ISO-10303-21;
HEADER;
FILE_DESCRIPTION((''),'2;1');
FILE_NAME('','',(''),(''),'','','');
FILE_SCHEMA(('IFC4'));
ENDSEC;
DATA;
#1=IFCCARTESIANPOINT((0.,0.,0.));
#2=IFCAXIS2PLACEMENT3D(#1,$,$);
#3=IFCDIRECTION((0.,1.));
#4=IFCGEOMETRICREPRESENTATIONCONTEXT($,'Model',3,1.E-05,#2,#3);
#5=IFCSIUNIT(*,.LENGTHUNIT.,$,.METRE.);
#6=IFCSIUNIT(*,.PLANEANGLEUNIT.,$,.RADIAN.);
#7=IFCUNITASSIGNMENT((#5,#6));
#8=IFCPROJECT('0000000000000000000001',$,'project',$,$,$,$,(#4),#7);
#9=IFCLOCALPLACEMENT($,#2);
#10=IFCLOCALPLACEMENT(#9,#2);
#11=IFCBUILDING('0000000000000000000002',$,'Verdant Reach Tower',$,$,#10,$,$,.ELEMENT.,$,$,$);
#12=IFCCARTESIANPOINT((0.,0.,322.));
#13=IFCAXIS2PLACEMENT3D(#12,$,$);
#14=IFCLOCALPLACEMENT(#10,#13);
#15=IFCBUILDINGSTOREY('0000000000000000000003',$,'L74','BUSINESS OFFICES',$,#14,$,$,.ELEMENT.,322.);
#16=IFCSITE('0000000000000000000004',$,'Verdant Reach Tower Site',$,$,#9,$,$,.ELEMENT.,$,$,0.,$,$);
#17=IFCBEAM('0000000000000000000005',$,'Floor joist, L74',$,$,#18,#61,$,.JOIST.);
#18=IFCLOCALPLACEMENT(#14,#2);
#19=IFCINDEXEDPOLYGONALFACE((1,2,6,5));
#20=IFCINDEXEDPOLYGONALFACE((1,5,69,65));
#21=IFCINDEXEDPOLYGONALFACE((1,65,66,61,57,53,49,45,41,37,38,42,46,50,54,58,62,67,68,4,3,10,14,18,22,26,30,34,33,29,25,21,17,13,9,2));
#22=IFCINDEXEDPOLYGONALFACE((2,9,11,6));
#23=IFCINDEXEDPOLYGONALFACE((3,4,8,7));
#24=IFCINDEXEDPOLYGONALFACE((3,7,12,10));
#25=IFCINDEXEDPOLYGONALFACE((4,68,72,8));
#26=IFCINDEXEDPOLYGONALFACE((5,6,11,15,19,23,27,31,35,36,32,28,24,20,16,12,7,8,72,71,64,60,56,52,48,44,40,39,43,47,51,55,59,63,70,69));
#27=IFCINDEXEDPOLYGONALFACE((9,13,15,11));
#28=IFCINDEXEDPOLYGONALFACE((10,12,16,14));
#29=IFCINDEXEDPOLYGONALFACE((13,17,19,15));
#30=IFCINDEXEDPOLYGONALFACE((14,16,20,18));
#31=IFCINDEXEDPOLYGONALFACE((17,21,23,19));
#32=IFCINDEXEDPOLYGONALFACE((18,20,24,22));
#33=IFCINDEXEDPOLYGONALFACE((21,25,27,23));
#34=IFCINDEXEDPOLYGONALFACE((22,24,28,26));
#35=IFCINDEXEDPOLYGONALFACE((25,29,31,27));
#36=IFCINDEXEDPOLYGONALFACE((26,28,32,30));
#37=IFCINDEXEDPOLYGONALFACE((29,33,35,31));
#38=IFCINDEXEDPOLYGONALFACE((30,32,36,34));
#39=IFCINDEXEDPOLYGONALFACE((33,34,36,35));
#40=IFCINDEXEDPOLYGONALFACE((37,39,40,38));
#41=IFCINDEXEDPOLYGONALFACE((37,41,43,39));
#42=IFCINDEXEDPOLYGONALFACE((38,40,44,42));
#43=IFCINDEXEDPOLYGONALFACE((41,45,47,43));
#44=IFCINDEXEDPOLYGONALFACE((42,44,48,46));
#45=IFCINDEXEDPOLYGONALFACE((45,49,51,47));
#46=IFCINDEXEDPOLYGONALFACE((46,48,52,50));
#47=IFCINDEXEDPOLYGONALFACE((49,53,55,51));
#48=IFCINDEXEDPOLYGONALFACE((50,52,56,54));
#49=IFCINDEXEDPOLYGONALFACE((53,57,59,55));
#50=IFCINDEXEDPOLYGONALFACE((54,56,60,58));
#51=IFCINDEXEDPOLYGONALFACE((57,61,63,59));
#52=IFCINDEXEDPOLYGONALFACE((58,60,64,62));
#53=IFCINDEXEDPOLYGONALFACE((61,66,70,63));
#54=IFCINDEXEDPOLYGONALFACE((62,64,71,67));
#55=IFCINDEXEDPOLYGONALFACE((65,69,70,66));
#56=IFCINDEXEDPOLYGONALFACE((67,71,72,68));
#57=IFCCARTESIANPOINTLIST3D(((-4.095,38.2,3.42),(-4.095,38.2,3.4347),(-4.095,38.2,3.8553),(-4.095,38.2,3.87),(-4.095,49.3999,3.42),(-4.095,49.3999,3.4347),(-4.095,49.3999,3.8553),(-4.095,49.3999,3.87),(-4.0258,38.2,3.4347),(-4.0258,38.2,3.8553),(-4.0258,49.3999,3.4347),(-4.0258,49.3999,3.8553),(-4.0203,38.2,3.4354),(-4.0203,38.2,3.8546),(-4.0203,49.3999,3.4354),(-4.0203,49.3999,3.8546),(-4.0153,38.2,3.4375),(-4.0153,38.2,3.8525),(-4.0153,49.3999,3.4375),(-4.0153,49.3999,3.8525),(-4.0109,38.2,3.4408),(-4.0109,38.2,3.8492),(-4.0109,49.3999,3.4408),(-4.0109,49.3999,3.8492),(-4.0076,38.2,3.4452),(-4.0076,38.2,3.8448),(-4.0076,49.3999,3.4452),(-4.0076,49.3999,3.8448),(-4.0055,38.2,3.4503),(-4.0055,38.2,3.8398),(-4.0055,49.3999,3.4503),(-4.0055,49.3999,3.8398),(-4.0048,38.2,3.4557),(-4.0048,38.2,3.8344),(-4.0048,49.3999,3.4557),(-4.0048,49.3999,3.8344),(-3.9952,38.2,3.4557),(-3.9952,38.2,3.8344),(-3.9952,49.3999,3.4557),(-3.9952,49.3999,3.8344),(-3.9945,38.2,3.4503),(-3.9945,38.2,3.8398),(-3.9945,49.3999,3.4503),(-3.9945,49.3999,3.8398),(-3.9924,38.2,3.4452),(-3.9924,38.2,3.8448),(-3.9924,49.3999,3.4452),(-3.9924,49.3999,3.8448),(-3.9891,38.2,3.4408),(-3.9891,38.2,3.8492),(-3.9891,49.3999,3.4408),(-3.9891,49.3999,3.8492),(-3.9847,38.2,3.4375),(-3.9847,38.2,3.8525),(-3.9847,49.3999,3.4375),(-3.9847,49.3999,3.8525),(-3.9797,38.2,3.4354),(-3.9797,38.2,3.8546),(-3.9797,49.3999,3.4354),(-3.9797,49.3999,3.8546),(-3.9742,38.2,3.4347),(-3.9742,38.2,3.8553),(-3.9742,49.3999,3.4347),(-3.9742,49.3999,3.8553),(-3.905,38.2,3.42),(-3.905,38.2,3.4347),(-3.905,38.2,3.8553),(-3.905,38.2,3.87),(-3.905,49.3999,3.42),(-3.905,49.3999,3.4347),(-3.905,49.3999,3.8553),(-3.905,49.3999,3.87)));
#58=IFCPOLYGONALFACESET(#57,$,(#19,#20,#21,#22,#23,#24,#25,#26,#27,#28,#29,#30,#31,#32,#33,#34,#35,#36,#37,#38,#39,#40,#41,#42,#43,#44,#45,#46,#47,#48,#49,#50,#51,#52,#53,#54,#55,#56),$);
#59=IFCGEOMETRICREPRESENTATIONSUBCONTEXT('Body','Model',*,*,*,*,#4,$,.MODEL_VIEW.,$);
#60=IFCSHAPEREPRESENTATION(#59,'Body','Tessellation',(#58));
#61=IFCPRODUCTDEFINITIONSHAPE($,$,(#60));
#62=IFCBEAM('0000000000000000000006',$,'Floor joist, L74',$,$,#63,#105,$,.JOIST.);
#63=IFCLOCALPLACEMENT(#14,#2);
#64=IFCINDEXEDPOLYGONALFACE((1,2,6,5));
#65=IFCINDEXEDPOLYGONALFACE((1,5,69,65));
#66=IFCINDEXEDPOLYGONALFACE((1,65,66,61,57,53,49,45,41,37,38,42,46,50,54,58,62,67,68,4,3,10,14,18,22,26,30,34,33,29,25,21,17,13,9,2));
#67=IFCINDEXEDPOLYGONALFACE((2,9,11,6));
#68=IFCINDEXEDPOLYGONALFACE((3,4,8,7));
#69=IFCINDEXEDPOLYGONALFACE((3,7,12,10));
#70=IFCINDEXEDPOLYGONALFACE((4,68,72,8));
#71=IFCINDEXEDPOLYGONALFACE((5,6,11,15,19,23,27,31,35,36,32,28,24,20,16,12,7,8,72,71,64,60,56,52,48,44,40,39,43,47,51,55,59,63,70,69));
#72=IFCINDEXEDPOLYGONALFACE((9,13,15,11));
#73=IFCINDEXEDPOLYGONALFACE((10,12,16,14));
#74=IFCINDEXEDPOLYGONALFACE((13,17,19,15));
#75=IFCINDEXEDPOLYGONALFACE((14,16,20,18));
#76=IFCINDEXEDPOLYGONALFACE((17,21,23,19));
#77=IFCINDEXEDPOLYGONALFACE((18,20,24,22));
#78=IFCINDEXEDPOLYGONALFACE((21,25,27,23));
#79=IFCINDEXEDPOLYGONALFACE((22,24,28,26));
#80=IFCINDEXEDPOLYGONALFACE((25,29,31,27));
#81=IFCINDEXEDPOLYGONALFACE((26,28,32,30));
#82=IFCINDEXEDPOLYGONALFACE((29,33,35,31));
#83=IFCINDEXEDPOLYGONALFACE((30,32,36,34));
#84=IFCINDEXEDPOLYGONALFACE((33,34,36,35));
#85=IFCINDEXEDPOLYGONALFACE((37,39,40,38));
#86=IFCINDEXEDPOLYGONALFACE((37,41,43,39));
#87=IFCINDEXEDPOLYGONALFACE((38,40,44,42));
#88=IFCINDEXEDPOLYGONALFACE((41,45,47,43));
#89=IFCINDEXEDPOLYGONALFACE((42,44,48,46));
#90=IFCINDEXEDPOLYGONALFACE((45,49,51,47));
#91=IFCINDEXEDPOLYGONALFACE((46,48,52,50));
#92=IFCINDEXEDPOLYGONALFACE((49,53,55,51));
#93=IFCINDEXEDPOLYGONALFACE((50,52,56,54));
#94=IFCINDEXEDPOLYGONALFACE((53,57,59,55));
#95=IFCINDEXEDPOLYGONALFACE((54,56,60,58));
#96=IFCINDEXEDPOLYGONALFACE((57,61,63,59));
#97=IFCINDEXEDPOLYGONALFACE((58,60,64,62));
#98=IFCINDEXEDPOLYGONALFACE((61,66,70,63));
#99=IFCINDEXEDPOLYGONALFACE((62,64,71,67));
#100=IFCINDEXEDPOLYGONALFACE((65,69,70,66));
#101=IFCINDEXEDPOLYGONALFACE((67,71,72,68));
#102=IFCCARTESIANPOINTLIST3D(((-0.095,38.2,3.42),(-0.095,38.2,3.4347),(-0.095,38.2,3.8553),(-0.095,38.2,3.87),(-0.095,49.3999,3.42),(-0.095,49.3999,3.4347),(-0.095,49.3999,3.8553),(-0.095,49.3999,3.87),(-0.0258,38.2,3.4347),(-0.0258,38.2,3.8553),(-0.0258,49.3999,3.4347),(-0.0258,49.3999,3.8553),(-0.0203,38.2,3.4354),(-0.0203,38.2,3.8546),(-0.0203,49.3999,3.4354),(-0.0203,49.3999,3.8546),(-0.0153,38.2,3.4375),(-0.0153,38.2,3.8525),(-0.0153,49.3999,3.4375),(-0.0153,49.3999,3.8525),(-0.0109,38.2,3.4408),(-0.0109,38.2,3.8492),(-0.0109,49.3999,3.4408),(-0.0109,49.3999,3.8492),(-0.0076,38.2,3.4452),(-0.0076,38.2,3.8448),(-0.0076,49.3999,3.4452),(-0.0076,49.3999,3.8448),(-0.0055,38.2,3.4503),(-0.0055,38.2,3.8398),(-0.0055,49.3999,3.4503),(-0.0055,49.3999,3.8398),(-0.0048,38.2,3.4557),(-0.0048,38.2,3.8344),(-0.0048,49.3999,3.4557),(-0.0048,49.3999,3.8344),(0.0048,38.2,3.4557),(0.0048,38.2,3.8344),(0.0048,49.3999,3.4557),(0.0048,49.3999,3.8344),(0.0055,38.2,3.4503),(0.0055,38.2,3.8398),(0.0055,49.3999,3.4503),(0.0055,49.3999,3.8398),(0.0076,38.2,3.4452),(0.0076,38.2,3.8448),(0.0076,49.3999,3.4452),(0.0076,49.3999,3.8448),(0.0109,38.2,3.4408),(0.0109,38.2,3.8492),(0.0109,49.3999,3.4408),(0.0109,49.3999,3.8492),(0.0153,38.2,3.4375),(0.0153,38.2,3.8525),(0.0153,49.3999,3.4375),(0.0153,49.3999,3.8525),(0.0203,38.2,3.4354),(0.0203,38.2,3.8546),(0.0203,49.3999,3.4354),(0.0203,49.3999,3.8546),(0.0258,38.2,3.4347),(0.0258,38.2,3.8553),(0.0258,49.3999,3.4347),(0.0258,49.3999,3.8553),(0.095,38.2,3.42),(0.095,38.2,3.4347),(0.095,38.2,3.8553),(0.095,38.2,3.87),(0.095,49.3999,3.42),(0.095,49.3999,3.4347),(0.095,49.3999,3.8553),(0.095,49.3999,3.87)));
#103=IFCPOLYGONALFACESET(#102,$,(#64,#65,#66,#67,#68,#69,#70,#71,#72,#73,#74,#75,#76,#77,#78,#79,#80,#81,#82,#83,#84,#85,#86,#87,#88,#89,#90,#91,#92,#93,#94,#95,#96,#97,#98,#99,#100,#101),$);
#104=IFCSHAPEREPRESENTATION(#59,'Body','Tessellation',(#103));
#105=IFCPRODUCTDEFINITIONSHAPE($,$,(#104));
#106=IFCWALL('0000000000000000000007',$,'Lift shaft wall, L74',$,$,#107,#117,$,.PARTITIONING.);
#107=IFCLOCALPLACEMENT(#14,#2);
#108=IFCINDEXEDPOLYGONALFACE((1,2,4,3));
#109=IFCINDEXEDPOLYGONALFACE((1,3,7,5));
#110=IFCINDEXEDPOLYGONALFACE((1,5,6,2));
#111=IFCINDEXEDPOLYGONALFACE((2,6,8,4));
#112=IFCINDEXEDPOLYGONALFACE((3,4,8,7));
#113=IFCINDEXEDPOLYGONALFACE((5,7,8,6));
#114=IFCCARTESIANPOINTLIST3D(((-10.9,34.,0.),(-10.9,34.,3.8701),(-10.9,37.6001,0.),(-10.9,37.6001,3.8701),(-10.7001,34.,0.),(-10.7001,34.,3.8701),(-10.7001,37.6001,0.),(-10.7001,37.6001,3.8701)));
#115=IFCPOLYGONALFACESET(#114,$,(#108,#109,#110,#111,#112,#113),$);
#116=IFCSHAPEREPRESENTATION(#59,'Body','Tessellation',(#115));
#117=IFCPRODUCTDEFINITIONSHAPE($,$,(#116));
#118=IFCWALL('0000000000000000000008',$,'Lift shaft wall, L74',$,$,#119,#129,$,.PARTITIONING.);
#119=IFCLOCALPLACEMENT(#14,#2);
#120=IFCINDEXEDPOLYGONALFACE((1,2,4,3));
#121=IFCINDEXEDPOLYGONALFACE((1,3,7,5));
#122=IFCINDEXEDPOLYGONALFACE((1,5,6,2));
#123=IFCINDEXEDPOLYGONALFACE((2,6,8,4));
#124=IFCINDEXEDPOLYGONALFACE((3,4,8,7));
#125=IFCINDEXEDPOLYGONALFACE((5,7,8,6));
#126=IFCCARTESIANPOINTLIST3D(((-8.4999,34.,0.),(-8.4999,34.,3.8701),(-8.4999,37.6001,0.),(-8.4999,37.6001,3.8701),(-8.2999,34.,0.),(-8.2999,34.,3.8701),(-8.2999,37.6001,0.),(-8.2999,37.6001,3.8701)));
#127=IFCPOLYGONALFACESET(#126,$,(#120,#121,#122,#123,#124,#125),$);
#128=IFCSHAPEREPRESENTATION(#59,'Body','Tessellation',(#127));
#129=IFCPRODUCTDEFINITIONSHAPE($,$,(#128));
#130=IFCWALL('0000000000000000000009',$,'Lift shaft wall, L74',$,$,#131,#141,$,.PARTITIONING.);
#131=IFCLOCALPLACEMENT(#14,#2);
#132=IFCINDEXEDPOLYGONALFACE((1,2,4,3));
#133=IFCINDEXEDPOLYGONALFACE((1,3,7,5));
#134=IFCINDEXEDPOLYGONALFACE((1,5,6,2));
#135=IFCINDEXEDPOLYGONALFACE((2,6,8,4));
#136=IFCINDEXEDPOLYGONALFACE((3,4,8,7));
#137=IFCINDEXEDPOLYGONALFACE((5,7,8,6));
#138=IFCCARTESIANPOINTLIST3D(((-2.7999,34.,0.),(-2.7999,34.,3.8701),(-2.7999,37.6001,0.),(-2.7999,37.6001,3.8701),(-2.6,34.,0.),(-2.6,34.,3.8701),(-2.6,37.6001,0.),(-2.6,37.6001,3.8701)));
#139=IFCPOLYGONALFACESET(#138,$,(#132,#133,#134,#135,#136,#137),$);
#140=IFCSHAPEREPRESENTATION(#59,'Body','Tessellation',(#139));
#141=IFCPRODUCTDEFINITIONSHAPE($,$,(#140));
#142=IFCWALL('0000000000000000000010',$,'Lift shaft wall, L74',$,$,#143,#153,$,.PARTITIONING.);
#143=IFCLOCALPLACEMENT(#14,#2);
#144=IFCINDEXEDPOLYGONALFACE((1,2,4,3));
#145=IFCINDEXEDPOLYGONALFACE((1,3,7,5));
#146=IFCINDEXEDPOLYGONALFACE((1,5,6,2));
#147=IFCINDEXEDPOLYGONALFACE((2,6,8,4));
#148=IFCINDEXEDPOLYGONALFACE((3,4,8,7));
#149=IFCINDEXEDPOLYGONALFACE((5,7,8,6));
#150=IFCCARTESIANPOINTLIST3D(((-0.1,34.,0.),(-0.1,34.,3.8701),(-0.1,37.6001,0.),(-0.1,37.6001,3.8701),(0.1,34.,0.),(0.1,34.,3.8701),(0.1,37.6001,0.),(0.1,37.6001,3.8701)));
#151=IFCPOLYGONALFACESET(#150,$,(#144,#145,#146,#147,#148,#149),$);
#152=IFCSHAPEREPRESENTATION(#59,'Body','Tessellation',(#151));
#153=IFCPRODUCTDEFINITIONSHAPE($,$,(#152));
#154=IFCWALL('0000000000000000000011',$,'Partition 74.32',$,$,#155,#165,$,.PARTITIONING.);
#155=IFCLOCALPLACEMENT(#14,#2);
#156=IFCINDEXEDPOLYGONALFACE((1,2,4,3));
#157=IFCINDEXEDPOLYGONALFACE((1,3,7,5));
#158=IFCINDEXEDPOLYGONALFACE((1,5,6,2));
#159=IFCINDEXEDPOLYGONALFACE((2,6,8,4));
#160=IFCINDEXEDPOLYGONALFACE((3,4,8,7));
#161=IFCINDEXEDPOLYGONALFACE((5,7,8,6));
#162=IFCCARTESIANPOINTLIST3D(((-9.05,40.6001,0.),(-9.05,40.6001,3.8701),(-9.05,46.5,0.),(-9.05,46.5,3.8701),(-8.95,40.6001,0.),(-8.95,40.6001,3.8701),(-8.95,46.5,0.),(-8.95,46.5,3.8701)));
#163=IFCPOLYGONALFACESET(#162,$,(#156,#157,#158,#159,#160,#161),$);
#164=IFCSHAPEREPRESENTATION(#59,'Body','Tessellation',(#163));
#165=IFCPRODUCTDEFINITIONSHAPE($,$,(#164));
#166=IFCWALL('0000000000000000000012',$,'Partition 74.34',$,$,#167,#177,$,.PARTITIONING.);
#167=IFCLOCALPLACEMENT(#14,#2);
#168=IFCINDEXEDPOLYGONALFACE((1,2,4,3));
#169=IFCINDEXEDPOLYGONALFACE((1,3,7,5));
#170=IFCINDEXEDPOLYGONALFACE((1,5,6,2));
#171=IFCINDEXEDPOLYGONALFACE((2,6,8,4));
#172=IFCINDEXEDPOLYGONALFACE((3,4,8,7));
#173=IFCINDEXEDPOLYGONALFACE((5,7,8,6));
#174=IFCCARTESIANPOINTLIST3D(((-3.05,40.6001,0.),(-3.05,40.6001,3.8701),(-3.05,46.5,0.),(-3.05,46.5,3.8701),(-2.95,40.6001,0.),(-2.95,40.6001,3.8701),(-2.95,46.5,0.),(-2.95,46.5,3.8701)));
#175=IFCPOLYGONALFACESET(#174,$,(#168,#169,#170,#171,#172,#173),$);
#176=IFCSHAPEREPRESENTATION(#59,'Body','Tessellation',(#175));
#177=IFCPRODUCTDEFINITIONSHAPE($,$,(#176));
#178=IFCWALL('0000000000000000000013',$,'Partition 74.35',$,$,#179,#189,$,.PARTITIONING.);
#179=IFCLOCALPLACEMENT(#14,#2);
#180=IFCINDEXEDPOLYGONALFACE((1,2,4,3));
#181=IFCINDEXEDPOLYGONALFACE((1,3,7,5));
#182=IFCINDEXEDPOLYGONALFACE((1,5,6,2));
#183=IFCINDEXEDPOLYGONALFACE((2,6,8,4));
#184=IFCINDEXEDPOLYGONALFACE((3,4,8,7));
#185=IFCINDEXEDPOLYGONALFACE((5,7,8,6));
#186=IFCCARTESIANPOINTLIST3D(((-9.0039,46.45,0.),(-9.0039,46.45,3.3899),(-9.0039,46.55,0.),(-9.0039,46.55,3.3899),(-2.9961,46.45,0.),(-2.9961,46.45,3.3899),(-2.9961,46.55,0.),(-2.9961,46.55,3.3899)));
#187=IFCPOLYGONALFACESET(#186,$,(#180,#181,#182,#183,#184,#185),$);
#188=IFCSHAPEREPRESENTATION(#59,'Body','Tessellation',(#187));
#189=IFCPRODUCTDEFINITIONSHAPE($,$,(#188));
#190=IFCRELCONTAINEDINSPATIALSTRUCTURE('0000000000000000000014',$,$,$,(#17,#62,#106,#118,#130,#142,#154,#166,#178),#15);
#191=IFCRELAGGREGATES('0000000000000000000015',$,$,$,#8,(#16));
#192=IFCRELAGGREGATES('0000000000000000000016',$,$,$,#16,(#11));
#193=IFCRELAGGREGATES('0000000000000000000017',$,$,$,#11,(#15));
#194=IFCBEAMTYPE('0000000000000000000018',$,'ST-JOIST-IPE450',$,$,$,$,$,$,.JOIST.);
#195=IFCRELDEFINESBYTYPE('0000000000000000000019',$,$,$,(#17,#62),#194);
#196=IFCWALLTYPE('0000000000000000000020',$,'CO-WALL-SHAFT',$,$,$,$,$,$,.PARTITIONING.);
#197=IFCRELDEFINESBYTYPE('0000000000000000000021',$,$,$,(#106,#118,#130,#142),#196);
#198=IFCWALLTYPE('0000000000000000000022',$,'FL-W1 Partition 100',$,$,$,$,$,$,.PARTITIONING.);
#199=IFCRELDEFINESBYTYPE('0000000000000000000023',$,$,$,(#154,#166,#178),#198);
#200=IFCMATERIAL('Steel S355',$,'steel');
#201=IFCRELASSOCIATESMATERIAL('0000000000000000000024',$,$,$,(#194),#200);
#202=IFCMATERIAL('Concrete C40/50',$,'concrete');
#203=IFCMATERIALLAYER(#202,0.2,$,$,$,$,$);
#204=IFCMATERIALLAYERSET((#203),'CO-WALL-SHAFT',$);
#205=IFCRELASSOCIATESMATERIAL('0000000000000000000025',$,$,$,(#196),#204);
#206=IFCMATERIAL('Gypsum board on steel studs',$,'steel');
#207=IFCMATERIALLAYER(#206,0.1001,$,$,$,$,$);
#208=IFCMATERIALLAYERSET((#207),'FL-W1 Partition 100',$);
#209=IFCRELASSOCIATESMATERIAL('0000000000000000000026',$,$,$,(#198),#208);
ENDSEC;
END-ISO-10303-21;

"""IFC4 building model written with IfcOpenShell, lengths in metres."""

from ifc_helpers import new_model, si_unit, direction, frame, frame_2d, origin, origin_2d, place, context, subcontext, project, spatial, rectangle, i_section, extrude, material, layer, layer_set, material_profile, profile_set, type_object, element, save


model = new_model("IFC4")

# Units and contexts
model_context = context("Model", 3, precision=1e-05, world=origin(), true_north=direction((0.0, 1.0)))
body_context = subcontext(model_context, "Body", "Model", "MODEL_VIEW")
ifc_project = project(units=[si_unit("LENGTHUNIT", "METRE"), si_unit("PLANEANGLEUNIT", "RADIAN")], contexts=[model_context])

# Site, building, storey
site_placement = place(None, origin())
site = spatial("IfcSite", under=ifc_project, at=site_placement, Name="Verdant Reach Tower Site", CompositionType="ELEMENT", RefElevation=0.0)
building_placement = place(site_placement, origin())
building = spatial("IfcBuilding", under=site, at=building_placement, Name="Verdant Reach Tower", CompositionType="ELEMENT")
storey_placement = place(building_placement, frame((0.0, 0.0, 322.0)))
storey = spatial("IfcBuildingStorey", under=building, at=storey_placement, Name="L74", Description="BUSINESS OFFICES", CompositionType="ELEMENT", Elevation=322.0)

# Beams
ifc_material_1 = material(Name="Steel S355", Category="steel")
ifc_material_profile_1 = material_profile(ifc_material_1, i_section(OverallWidth=0.1899, OverallDepth=0.45, WebThickness=0.0095, FlangeThickness=0.0146, FilletRadius=0.021, at=origin_2d()), Name="IPE 450")
ifc_profile_set_1 = profile_set([ifc_material_profile_1], Name="Steel S355")
beam_type_1 = type_object("IfcBeamType", Name="ST-JOIST-IPE450", PredefinedType="JOIST", material=ifc_profile_set_1)
for number, where, z_axis, x_axis, name in (
    (1, (-4.0, 38.2, 3.645), (0.0, 1.0, 0.0), (-1.0, 0.0, 0.0), "Floor joist, L74"),
    (2, (0.0, 38.2, 3.645), (0.0, 1.0, 0.0), (-1.0, 0.0, 0.0), "Floor joist, L74"),
):
    element("IfcBeam", number, at=place(storey_placement, frame(where, z_axis=z_axis, x_axis=x_axis)), inside=storey, type_object=beam_type_1, Name=name, PredefinedType="JOIST", context=body_context, shape_type="SweptSolid", body=[
        extrude(i_section(OverallWidth=0.1899, OverallDepth=0.45, WebThickness=0.0095, FlangeThickness=0.0146, FilletRadius=0.021, at=origin_2d()), origin(), (0.0, 0.0, 1.0), 11.2),
    ])

# Walls
ifc_material_2 = material(Name="Concrete C40/50", Category="concrete")
ifc_layer_1 = layer(ifc_material_2, 0.2)
ifc_layer_set_1 = layer_set([ifc_layer_1], Name="CO-WALL-SHAFT")
wall_type_1 = type_object("IfcWallType", Name="CO-WALL-SHAFT", PredefinedType="PARTITIONING", material=ifc_layer_set_1)
for number, where, z_axis, x_axis, name in (
    (3, (-10.8, 34.0, 0.0), (0.0, 0.0, 1.0), (0.0, 1.0, 0.0), "Lift shaft wall, L74"),
    (4, (-8.3999, 34.0, 0.0), (0.0, 0.0, 1.0), (0.0, 1.0, 0.0), "Lift shaft wall, L74"),
    (5, (-2.7, 34.0, 0.0), (0.0, 0.0, 1.0), (0.0, 1.0, 0.0), "Lift shaft wall, L74"),
    (6, (0.0, 34.0, 0.0), (0.0, 0.0, 1.0), (0.0, 1.0, 0.0), "Lift shaft wall, L74"),
):
    element("IfcWall", number, at=place(storey_placement, frame(where, z_axis=z_axis, x_axis=x_axis)), inside=storey, type_object=wall_type_1, Name=name, PredefinedType="PARTITIONING", context=body_context, shape_type="SweptSolid", body=[
        extrude(rectangle(XDim=3.6001, YDim=0.2, at=frame_2d((1.8, 0.0))), origin(), (0.0, 0.0, 1.0), 3.8701),
    ])
ifc_material_3 = material(Name="Gypsum board on steel studs", Category="steel")
ifc_layer_2 = layer(ifc_material_3, 0.1001)
ifc_layer_set_2 = layer_set([ifc_layer_2], Name="FL-W1 Partition 100")
wall_type_2 = type_object("IfcWallType", Name="FL-W1 Partition 100", PredefinedType="PARTITIONING", material=ifc_layer_set_2)
for number, where, z_axis, x_axis, name in (
    (7, (-9.0, 40.6001, 0.0), (0.0, 0.0, 1.0), (0.0, 1.0, 0.0), "Partition 74.32"),
    (8, (-3.0, 40.6001, 0.0), (0.0, 0.0, 1.0), (0.0, 1.0, 0.0), "Partition 74.34"),
):
    element("IfcWall", number, at=place(storey_placement, frame(where, z_axis=z_axis, x_axis=x_axis)), inside=storey, type_object=wall_type_2, Name=name, PredefinedType="PARTITIONING", context=body_context, shape_type="SweptSolid", body=[
        extrude(rectangle(XDim=5.8999, YDim=0.1001, at=frame_2d((2.95, 0.0))), origin(), (0.0, 0.0, 1.0), 3.8701),
    ])
wall_1_placement = place(storey_placement, frame((-2.9961, 46.5, 0.0), z_axis=(0.0, 0.0, 1.0), x_axis=(-1.0, 0.0, 0.0)))
element("IfcWall", 9, at=wall_1_placement, inside=storey, type_object=wall_type_2, Name="Partition 74.35", PredefinedType="PARTITIONING", context=body_context, shape_type="SweptSolid", body=[
    extrude(rectangle(XDim=6.0078, YDim=0.1001, at=frame_2d((3.0039, 0.0))), origin(), (0.0, 0.0, 1.0), 3.3899),
])

save(model, "model.ifc")
